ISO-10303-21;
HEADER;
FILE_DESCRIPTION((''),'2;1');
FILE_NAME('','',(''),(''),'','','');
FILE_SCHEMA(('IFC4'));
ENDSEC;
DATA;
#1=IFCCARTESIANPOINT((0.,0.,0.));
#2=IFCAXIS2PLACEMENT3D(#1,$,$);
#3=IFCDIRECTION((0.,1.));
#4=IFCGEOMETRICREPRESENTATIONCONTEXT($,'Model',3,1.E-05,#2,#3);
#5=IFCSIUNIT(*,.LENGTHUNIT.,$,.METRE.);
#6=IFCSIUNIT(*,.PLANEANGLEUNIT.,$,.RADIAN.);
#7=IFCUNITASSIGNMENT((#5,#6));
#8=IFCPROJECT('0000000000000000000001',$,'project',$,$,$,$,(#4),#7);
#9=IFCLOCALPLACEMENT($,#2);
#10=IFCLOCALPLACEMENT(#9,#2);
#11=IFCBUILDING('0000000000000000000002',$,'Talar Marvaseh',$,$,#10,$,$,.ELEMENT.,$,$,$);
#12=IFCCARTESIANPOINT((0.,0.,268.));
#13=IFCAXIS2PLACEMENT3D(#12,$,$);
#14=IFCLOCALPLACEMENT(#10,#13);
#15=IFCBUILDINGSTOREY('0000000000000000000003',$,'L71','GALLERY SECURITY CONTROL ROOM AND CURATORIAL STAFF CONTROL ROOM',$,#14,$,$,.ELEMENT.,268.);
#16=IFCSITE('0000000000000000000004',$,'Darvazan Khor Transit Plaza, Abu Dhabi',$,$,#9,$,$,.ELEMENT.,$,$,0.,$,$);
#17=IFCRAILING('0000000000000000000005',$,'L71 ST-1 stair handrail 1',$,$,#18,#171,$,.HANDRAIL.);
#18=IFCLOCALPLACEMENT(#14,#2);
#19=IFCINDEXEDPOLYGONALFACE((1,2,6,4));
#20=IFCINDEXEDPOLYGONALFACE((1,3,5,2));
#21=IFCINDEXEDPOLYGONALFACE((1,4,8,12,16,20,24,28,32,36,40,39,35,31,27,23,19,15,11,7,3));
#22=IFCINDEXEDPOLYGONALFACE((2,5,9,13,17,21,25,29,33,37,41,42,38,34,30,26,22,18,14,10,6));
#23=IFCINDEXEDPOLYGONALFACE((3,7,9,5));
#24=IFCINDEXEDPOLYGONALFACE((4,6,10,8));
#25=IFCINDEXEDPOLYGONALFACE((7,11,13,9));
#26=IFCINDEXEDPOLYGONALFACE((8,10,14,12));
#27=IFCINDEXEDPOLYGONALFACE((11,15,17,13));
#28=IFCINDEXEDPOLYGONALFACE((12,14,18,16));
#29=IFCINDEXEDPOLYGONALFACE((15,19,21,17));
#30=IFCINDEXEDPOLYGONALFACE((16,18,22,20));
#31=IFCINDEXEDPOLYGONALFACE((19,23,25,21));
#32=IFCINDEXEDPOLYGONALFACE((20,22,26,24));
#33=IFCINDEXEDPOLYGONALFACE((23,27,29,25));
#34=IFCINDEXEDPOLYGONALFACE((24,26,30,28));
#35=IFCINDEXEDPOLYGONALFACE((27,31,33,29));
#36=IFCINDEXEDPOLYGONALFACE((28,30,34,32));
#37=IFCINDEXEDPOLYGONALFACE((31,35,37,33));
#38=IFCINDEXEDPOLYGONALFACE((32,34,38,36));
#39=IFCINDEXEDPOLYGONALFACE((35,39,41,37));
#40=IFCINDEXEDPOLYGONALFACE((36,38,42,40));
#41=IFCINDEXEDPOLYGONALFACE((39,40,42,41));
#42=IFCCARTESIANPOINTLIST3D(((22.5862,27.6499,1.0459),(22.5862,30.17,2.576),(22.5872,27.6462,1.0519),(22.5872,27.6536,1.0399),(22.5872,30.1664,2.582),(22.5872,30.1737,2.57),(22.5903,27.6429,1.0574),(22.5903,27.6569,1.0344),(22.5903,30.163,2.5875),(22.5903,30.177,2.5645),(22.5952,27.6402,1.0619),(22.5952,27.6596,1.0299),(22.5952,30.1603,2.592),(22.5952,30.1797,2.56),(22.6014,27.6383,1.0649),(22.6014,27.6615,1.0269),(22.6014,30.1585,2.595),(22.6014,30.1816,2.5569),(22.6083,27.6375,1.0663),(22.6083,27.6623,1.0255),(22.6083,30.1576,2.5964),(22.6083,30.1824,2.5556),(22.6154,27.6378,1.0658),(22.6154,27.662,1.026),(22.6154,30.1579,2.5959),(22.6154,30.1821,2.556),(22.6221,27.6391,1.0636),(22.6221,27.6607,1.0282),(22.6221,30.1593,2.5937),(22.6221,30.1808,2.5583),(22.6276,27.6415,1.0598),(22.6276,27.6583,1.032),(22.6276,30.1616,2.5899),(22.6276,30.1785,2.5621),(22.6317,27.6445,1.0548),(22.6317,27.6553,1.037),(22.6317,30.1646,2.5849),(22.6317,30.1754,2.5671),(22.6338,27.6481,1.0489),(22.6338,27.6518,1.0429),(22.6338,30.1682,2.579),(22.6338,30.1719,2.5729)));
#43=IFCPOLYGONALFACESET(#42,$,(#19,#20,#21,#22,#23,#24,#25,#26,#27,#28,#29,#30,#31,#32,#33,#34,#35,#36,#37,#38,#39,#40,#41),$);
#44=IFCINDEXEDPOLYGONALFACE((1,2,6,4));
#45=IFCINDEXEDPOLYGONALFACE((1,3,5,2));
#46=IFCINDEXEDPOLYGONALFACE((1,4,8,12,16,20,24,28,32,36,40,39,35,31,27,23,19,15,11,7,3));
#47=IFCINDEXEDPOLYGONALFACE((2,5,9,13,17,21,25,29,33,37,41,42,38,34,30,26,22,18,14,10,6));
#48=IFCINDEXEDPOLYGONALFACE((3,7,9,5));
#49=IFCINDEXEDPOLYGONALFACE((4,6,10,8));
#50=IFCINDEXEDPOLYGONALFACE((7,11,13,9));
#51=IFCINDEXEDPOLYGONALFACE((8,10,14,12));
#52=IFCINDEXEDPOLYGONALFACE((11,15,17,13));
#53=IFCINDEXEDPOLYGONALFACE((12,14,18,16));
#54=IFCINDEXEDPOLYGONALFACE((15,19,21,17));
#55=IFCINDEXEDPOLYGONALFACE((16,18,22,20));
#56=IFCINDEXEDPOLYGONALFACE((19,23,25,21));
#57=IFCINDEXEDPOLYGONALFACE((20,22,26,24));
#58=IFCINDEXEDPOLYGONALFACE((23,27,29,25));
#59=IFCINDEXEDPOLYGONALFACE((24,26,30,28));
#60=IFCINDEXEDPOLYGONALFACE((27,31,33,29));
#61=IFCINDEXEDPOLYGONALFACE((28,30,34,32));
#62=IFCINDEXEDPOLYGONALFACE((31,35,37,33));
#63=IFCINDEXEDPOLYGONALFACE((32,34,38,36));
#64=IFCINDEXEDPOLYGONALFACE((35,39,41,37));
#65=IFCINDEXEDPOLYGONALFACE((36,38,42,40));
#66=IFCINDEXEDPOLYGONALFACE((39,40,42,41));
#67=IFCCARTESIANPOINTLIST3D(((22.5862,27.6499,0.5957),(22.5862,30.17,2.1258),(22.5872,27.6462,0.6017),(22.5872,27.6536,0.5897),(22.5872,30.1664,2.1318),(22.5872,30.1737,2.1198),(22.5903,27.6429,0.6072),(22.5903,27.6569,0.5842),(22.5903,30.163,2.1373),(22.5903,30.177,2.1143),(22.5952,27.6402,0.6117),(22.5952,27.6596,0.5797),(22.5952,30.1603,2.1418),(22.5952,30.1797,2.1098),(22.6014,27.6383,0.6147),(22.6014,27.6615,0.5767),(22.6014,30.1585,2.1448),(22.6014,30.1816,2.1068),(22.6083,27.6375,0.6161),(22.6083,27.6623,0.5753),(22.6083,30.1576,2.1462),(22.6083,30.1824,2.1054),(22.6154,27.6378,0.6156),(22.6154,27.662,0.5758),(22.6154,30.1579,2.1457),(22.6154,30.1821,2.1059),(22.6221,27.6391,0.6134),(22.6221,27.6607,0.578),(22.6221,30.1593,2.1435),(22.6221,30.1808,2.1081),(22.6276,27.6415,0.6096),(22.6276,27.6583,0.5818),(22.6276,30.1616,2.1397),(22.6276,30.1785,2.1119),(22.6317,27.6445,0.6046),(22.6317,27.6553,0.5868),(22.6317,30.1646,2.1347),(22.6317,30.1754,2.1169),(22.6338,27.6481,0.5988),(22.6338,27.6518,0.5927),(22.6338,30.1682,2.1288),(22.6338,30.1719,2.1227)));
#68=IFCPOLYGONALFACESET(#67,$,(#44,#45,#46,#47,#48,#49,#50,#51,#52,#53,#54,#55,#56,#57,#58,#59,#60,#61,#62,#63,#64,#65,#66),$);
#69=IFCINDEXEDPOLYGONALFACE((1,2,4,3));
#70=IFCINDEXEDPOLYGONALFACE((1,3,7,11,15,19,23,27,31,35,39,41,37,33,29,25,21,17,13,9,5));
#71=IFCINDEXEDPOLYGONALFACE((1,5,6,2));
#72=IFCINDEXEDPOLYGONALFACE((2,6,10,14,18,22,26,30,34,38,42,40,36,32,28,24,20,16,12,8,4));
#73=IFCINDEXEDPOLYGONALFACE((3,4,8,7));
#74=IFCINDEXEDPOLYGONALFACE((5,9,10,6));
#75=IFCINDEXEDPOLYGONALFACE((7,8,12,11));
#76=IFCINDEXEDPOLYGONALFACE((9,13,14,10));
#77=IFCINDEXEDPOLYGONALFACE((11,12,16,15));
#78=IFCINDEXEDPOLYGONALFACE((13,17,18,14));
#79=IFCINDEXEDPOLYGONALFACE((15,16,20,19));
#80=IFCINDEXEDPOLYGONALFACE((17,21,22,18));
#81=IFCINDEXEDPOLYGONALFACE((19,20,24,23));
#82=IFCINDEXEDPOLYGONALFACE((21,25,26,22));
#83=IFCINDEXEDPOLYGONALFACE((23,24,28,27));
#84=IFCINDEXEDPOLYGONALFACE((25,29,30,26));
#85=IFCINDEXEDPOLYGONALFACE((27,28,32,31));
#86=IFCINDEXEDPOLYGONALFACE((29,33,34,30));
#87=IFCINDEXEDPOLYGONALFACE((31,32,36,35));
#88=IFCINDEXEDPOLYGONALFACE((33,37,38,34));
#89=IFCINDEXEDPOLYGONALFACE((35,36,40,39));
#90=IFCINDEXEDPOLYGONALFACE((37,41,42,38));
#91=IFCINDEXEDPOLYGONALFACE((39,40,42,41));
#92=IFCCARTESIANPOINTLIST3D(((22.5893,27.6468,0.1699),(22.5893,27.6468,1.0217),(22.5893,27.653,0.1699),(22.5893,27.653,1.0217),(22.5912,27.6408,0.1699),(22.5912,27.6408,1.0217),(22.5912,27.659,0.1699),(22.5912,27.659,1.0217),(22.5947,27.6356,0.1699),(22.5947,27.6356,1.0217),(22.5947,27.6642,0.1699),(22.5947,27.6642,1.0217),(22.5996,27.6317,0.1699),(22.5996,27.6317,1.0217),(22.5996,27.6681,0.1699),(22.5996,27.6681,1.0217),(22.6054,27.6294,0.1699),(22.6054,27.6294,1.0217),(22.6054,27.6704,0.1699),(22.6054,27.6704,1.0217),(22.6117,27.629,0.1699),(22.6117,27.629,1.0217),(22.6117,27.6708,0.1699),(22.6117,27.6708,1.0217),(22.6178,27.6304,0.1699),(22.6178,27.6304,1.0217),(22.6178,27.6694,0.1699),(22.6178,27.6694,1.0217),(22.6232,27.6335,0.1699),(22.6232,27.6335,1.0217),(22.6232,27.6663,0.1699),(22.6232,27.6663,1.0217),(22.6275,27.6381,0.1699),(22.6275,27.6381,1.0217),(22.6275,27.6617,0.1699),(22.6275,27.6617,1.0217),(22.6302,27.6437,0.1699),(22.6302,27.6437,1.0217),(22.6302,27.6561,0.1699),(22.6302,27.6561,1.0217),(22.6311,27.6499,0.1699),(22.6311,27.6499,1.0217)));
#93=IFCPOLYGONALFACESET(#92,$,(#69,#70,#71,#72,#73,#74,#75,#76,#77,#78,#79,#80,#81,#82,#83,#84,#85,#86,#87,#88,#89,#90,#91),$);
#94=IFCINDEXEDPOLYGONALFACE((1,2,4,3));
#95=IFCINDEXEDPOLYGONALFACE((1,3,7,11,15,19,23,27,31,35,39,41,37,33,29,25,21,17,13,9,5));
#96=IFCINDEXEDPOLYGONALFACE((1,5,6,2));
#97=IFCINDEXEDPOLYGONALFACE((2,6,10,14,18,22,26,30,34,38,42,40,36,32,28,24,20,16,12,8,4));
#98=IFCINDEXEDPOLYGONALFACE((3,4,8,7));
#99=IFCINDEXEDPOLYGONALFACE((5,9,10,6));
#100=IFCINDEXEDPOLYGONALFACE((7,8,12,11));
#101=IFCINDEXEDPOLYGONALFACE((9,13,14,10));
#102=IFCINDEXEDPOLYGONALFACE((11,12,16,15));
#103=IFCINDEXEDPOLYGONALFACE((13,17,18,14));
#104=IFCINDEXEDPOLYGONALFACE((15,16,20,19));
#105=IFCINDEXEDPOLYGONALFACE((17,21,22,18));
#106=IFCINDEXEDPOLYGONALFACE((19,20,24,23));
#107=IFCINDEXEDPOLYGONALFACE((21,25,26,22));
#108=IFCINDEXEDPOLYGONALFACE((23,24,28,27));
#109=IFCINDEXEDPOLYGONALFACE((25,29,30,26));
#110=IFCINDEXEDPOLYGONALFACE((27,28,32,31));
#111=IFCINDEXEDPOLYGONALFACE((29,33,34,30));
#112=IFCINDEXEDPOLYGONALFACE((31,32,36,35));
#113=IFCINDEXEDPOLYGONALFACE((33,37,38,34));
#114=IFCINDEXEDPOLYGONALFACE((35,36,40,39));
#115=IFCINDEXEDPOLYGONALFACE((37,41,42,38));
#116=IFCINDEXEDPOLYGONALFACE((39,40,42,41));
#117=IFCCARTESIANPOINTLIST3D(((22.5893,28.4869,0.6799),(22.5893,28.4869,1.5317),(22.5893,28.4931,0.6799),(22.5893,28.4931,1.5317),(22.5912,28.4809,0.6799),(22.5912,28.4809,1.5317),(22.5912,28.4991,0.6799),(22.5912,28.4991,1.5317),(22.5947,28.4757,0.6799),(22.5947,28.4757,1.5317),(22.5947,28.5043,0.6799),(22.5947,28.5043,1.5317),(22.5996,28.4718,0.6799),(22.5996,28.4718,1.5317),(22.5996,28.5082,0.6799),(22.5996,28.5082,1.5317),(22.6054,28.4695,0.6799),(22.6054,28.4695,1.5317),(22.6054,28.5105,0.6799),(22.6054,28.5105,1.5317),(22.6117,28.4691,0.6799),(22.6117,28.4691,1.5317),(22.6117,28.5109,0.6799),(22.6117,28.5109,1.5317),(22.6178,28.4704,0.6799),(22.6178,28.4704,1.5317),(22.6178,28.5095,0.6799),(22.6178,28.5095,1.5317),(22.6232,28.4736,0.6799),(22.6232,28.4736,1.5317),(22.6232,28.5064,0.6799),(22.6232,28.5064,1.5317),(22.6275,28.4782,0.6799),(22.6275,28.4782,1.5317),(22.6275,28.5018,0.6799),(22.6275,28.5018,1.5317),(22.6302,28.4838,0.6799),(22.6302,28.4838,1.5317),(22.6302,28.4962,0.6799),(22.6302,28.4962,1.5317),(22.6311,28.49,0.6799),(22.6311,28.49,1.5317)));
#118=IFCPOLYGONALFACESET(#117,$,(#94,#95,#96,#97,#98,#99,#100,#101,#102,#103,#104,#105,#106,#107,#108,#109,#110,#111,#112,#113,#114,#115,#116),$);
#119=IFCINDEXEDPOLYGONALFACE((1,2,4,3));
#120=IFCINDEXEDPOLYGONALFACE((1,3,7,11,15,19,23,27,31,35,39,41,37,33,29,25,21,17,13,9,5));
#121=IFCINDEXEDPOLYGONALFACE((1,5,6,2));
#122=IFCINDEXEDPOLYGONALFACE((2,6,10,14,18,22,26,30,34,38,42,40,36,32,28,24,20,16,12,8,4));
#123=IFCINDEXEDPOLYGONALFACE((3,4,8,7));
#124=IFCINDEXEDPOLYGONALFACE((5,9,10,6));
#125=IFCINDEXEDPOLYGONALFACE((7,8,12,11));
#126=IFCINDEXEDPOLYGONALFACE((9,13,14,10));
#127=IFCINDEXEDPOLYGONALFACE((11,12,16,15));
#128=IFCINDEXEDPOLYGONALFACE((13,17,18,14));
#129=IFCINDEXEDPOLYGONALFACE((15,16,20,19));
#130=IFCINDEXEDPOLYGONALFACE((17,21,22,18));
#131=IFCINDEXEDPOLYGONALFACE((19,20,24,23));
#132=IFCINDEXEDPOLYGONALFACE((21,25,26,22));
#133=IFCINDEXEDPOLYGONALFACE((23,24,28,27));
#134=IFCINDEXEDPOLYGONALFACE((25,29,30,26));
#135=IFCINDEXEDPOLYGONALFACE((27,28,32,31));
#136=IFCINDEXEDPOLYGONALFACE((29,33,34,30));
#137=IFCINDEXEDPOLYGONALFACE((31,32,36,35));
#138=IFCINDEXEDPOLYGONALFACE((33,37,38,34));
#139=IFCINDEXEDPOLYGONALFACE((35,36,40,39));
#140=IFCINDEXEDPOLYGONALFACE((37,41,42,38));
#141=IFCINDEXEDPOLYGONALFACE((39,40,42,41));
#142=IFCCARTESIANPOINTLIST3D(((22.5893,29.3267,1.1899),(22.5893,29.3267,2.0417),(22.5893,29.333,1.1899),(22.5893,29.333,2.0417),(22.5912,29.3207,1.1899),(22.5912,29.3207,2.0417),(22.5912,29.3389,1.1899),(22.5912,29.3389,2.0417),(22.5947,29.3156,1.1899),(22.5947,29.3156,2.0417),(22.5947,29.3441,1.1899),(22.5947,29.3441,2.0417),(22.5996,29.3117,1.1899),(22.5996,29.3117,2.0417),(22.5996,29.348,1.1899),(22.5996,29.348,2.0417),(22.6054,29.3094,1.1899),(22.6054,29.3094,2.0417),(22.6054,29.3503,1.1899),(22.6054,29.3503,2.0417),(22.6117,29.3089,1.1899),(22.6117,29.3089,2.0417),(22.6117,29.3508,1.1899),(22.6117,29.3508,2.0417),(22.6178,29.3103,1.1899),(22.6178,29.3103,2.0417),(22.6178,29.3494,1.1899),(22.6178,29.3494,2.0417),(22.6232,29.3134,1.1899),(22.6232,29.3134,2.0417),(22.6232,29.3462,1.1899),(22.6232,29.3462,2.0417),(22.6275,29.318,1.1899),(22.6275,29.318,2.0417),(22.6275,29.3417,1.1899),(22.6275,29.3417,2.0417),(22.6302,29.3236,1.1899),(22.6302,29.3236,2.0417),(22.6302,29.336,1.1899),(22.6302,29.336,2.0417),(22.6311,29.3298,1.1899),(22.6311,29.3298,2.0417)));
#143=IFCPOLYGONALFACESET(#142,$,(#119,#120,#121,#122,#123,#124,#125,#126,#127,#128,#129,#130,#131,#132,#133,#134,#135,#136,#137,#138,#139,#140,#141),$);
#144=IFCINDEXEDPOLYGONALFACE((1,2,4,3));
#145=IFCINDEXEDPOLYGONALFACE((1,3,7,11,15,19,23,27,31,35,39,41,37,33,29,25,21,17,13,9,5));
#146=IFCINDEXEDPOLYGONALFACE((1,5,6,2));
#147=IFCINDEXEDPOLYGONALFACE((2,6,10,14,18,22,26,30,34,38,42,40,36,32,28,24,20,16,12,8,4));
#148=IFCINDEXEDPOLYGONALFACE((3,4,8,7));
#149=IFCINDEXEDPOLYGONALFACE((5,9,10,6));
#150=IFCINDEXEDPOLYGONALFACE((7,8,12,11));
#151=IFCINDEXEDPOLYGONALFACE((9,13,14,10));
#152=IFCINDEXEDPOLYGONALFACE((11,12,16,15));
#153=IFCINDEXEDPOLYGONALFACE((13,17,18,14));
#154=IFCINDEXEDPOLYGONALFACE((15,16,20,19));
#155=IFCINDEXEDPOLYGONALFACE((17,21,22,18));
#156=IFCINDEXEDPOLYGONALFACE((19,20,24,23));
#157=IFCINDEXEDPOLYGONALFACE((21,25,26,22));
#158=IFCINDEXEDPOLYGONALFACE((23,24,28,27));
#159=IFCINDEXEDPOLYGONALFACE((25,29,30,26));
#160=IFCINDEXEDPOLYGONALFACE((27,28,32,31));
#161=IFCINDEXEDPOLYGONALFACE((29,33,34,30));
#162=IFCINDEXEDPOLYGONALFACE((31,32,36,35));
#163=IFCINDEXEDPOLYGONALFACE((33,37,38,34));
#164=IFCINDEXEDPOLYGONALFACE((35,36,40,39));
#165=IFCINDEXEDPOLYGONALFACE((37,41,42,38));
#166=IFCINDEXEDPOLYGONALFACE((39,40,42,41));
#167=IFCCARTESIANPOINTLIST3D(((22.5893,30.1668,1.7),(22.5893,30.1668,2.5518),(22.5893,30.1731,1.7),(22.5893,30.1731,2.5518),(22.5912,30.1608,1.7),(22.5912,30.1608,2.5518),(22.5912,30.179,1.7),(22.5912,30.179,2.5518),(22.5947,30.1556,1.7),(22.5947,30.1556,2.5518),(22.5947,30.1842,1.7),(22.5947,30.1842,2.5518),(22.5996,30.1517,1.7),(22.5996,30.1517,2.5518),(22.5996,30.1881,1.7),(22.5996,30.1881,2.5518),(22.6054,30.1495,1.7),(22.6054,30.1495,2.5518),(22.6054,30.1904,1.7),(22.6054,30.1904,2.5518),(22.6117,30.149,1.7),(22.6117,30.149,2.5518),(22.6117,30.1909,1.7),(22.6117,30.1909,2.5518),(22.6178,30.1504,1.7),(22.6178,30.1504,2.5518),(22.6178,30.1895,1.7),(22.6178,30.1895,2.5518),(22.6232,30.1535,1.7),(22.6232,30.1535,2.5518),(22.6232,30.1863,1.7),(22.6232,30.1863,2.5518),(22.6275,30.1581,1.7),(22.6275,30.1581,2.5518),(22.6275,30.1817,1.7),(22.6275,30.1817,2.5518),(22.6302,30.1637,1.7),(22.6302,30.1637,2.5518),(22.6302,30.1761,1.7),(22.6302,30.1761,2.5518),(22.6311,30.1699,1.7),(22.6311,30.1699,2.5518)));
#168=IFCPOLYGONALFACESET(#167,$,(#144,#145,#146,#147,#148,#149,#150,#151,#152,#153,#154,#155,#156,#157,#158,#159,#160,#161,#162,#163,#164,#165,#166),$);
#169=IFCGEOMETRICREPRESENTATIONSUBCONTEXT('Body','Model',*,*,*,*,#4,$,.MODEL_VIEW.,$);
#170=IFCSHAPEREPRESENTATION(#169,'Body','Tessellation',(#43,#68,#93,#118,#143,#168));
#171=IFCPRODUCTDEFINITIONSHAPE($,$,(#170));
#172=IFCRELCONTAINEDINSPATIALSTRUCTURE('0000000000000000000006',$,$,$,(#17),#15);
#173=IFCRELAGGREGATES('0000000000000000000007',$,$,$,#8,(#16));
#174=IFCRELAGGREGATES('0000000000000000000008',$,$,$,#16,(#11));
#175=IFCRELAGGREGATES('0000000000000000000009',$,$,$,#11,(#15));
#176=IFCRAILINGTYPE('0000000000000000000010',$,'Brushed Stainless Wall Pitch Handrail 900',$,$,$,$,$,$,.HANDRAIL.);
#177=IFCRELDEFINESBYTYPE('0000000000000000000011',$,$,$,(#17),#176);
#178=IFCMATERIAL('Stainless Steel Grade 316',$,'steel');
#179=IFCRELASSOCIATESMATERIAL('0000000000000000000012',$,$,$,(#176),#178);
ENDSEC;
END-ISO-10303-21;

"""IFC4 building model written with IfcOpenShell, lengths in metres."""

from ifc_helpers import new_model, si_unit, direction, frame, origin, origin_2d, place, context, subcontext, project, spatial, circle, extrude, material, type_object, element, save


model = new_model("IFC4")

# Units and contexts
model_context = context("Model", 3, precision=1e-05, world=origin(), true_north=direction((0.0, 1.0)))
body_context = subcontext(model_context, "Body", "Model", "MODEL_VIEW")
ifc_project = project(units=[si_unit("LENGTHUNIT", "METRE"), si_unit("PLANEANGLEUNIT", "RADIAN")], contexts=[model_context])

# Site, building, storey
site_placement = place(None, origin())
site = spatial("IfcSite", under=ifc_project, at=site_placement, Name="Darvazan Khor Transit Plaza, Abu Dhabi", CompositionType="ELEMENT", RefElevation=0.0)
building_placement = place(site_placement, origin())
building = spatial("IfcBuilding", under=site, at=building_placement, Name="Talar Marvaseh", CompositionType="ELEMENT")
storey_placement = place(building_placement, frame((0.0, 0.0, 268.0)))
storey = spatial("IfcBuildingStorey", under=building, at=storey_placement, Name="L71", Description="GALLERY SECURITY CONTROL ROOM AND CURATORIAL STAFF CONTROL ROOM", CompositionType="ELEMENT", Elevation=268.0)

# Railing
ifc_material_1 = material(Name="Stainless Steel Grade 316", Category="steel")
railing_type_1 = type_object("IfcRailingType", Name="Brushed Stainless Wall Pitch Handrail 900", PredefinedType="HANDRAIL", material=ifc_material_1)
railing_1_placement = place(storey_placement, frame((22.6101, 27.6499, 0.1699)))
element("IfcRailing", 1, at=railing_1_placement, inside=storey, type_object=railing_type_1, Name="L71 ST-1 stair handrail 1", PredefinedType="HANDRAIL", context=body_context, shape_type="SweptSolid", body=[
    extrude(circle(Radius=0.0239, at=origin_2d()), frame((0.0, 0.0, 0.876), z_axis=(0.0, 0.854785, 0.518982), x_axis=(-1.0, 0.0, 0.0)), (0.0, 0.0, 1.0), 2.9482),
    extrude(circle(Radius=0.0239, at=origin_2d()), frame((0.0, 0.0, 0.4258), z_axis=(0.0, 0.854785, 0.518982), x_axis=(-1.0, 0.0, 0.0)), (0.0, 0.0, 1.0), 2.9482),
    extrude(circle(Radius=0.021, at=origin_2d()), origin(), (0.0, 0.0, 1.0), 0.8518),
    extrude(circle(Radius=0.021, at=origin_2d()), frame((0.0, 0.8401, 0.51)), (0.0, 0.0, 1.0), 0.8518),
    extrude(circle(Radius=0.021, at=origin_2d()), frame((0.0, 1.6799, 1.02)), (0.0, 0.0, 1.0), 0.8518),
    extrude(circle(Radius=0.021, at=origin_2d()), frame((0.0, 2.52, 1.53)), (0.0, 0.0, 1.0), 0.8518),
])

save(model, "model.ifc")
